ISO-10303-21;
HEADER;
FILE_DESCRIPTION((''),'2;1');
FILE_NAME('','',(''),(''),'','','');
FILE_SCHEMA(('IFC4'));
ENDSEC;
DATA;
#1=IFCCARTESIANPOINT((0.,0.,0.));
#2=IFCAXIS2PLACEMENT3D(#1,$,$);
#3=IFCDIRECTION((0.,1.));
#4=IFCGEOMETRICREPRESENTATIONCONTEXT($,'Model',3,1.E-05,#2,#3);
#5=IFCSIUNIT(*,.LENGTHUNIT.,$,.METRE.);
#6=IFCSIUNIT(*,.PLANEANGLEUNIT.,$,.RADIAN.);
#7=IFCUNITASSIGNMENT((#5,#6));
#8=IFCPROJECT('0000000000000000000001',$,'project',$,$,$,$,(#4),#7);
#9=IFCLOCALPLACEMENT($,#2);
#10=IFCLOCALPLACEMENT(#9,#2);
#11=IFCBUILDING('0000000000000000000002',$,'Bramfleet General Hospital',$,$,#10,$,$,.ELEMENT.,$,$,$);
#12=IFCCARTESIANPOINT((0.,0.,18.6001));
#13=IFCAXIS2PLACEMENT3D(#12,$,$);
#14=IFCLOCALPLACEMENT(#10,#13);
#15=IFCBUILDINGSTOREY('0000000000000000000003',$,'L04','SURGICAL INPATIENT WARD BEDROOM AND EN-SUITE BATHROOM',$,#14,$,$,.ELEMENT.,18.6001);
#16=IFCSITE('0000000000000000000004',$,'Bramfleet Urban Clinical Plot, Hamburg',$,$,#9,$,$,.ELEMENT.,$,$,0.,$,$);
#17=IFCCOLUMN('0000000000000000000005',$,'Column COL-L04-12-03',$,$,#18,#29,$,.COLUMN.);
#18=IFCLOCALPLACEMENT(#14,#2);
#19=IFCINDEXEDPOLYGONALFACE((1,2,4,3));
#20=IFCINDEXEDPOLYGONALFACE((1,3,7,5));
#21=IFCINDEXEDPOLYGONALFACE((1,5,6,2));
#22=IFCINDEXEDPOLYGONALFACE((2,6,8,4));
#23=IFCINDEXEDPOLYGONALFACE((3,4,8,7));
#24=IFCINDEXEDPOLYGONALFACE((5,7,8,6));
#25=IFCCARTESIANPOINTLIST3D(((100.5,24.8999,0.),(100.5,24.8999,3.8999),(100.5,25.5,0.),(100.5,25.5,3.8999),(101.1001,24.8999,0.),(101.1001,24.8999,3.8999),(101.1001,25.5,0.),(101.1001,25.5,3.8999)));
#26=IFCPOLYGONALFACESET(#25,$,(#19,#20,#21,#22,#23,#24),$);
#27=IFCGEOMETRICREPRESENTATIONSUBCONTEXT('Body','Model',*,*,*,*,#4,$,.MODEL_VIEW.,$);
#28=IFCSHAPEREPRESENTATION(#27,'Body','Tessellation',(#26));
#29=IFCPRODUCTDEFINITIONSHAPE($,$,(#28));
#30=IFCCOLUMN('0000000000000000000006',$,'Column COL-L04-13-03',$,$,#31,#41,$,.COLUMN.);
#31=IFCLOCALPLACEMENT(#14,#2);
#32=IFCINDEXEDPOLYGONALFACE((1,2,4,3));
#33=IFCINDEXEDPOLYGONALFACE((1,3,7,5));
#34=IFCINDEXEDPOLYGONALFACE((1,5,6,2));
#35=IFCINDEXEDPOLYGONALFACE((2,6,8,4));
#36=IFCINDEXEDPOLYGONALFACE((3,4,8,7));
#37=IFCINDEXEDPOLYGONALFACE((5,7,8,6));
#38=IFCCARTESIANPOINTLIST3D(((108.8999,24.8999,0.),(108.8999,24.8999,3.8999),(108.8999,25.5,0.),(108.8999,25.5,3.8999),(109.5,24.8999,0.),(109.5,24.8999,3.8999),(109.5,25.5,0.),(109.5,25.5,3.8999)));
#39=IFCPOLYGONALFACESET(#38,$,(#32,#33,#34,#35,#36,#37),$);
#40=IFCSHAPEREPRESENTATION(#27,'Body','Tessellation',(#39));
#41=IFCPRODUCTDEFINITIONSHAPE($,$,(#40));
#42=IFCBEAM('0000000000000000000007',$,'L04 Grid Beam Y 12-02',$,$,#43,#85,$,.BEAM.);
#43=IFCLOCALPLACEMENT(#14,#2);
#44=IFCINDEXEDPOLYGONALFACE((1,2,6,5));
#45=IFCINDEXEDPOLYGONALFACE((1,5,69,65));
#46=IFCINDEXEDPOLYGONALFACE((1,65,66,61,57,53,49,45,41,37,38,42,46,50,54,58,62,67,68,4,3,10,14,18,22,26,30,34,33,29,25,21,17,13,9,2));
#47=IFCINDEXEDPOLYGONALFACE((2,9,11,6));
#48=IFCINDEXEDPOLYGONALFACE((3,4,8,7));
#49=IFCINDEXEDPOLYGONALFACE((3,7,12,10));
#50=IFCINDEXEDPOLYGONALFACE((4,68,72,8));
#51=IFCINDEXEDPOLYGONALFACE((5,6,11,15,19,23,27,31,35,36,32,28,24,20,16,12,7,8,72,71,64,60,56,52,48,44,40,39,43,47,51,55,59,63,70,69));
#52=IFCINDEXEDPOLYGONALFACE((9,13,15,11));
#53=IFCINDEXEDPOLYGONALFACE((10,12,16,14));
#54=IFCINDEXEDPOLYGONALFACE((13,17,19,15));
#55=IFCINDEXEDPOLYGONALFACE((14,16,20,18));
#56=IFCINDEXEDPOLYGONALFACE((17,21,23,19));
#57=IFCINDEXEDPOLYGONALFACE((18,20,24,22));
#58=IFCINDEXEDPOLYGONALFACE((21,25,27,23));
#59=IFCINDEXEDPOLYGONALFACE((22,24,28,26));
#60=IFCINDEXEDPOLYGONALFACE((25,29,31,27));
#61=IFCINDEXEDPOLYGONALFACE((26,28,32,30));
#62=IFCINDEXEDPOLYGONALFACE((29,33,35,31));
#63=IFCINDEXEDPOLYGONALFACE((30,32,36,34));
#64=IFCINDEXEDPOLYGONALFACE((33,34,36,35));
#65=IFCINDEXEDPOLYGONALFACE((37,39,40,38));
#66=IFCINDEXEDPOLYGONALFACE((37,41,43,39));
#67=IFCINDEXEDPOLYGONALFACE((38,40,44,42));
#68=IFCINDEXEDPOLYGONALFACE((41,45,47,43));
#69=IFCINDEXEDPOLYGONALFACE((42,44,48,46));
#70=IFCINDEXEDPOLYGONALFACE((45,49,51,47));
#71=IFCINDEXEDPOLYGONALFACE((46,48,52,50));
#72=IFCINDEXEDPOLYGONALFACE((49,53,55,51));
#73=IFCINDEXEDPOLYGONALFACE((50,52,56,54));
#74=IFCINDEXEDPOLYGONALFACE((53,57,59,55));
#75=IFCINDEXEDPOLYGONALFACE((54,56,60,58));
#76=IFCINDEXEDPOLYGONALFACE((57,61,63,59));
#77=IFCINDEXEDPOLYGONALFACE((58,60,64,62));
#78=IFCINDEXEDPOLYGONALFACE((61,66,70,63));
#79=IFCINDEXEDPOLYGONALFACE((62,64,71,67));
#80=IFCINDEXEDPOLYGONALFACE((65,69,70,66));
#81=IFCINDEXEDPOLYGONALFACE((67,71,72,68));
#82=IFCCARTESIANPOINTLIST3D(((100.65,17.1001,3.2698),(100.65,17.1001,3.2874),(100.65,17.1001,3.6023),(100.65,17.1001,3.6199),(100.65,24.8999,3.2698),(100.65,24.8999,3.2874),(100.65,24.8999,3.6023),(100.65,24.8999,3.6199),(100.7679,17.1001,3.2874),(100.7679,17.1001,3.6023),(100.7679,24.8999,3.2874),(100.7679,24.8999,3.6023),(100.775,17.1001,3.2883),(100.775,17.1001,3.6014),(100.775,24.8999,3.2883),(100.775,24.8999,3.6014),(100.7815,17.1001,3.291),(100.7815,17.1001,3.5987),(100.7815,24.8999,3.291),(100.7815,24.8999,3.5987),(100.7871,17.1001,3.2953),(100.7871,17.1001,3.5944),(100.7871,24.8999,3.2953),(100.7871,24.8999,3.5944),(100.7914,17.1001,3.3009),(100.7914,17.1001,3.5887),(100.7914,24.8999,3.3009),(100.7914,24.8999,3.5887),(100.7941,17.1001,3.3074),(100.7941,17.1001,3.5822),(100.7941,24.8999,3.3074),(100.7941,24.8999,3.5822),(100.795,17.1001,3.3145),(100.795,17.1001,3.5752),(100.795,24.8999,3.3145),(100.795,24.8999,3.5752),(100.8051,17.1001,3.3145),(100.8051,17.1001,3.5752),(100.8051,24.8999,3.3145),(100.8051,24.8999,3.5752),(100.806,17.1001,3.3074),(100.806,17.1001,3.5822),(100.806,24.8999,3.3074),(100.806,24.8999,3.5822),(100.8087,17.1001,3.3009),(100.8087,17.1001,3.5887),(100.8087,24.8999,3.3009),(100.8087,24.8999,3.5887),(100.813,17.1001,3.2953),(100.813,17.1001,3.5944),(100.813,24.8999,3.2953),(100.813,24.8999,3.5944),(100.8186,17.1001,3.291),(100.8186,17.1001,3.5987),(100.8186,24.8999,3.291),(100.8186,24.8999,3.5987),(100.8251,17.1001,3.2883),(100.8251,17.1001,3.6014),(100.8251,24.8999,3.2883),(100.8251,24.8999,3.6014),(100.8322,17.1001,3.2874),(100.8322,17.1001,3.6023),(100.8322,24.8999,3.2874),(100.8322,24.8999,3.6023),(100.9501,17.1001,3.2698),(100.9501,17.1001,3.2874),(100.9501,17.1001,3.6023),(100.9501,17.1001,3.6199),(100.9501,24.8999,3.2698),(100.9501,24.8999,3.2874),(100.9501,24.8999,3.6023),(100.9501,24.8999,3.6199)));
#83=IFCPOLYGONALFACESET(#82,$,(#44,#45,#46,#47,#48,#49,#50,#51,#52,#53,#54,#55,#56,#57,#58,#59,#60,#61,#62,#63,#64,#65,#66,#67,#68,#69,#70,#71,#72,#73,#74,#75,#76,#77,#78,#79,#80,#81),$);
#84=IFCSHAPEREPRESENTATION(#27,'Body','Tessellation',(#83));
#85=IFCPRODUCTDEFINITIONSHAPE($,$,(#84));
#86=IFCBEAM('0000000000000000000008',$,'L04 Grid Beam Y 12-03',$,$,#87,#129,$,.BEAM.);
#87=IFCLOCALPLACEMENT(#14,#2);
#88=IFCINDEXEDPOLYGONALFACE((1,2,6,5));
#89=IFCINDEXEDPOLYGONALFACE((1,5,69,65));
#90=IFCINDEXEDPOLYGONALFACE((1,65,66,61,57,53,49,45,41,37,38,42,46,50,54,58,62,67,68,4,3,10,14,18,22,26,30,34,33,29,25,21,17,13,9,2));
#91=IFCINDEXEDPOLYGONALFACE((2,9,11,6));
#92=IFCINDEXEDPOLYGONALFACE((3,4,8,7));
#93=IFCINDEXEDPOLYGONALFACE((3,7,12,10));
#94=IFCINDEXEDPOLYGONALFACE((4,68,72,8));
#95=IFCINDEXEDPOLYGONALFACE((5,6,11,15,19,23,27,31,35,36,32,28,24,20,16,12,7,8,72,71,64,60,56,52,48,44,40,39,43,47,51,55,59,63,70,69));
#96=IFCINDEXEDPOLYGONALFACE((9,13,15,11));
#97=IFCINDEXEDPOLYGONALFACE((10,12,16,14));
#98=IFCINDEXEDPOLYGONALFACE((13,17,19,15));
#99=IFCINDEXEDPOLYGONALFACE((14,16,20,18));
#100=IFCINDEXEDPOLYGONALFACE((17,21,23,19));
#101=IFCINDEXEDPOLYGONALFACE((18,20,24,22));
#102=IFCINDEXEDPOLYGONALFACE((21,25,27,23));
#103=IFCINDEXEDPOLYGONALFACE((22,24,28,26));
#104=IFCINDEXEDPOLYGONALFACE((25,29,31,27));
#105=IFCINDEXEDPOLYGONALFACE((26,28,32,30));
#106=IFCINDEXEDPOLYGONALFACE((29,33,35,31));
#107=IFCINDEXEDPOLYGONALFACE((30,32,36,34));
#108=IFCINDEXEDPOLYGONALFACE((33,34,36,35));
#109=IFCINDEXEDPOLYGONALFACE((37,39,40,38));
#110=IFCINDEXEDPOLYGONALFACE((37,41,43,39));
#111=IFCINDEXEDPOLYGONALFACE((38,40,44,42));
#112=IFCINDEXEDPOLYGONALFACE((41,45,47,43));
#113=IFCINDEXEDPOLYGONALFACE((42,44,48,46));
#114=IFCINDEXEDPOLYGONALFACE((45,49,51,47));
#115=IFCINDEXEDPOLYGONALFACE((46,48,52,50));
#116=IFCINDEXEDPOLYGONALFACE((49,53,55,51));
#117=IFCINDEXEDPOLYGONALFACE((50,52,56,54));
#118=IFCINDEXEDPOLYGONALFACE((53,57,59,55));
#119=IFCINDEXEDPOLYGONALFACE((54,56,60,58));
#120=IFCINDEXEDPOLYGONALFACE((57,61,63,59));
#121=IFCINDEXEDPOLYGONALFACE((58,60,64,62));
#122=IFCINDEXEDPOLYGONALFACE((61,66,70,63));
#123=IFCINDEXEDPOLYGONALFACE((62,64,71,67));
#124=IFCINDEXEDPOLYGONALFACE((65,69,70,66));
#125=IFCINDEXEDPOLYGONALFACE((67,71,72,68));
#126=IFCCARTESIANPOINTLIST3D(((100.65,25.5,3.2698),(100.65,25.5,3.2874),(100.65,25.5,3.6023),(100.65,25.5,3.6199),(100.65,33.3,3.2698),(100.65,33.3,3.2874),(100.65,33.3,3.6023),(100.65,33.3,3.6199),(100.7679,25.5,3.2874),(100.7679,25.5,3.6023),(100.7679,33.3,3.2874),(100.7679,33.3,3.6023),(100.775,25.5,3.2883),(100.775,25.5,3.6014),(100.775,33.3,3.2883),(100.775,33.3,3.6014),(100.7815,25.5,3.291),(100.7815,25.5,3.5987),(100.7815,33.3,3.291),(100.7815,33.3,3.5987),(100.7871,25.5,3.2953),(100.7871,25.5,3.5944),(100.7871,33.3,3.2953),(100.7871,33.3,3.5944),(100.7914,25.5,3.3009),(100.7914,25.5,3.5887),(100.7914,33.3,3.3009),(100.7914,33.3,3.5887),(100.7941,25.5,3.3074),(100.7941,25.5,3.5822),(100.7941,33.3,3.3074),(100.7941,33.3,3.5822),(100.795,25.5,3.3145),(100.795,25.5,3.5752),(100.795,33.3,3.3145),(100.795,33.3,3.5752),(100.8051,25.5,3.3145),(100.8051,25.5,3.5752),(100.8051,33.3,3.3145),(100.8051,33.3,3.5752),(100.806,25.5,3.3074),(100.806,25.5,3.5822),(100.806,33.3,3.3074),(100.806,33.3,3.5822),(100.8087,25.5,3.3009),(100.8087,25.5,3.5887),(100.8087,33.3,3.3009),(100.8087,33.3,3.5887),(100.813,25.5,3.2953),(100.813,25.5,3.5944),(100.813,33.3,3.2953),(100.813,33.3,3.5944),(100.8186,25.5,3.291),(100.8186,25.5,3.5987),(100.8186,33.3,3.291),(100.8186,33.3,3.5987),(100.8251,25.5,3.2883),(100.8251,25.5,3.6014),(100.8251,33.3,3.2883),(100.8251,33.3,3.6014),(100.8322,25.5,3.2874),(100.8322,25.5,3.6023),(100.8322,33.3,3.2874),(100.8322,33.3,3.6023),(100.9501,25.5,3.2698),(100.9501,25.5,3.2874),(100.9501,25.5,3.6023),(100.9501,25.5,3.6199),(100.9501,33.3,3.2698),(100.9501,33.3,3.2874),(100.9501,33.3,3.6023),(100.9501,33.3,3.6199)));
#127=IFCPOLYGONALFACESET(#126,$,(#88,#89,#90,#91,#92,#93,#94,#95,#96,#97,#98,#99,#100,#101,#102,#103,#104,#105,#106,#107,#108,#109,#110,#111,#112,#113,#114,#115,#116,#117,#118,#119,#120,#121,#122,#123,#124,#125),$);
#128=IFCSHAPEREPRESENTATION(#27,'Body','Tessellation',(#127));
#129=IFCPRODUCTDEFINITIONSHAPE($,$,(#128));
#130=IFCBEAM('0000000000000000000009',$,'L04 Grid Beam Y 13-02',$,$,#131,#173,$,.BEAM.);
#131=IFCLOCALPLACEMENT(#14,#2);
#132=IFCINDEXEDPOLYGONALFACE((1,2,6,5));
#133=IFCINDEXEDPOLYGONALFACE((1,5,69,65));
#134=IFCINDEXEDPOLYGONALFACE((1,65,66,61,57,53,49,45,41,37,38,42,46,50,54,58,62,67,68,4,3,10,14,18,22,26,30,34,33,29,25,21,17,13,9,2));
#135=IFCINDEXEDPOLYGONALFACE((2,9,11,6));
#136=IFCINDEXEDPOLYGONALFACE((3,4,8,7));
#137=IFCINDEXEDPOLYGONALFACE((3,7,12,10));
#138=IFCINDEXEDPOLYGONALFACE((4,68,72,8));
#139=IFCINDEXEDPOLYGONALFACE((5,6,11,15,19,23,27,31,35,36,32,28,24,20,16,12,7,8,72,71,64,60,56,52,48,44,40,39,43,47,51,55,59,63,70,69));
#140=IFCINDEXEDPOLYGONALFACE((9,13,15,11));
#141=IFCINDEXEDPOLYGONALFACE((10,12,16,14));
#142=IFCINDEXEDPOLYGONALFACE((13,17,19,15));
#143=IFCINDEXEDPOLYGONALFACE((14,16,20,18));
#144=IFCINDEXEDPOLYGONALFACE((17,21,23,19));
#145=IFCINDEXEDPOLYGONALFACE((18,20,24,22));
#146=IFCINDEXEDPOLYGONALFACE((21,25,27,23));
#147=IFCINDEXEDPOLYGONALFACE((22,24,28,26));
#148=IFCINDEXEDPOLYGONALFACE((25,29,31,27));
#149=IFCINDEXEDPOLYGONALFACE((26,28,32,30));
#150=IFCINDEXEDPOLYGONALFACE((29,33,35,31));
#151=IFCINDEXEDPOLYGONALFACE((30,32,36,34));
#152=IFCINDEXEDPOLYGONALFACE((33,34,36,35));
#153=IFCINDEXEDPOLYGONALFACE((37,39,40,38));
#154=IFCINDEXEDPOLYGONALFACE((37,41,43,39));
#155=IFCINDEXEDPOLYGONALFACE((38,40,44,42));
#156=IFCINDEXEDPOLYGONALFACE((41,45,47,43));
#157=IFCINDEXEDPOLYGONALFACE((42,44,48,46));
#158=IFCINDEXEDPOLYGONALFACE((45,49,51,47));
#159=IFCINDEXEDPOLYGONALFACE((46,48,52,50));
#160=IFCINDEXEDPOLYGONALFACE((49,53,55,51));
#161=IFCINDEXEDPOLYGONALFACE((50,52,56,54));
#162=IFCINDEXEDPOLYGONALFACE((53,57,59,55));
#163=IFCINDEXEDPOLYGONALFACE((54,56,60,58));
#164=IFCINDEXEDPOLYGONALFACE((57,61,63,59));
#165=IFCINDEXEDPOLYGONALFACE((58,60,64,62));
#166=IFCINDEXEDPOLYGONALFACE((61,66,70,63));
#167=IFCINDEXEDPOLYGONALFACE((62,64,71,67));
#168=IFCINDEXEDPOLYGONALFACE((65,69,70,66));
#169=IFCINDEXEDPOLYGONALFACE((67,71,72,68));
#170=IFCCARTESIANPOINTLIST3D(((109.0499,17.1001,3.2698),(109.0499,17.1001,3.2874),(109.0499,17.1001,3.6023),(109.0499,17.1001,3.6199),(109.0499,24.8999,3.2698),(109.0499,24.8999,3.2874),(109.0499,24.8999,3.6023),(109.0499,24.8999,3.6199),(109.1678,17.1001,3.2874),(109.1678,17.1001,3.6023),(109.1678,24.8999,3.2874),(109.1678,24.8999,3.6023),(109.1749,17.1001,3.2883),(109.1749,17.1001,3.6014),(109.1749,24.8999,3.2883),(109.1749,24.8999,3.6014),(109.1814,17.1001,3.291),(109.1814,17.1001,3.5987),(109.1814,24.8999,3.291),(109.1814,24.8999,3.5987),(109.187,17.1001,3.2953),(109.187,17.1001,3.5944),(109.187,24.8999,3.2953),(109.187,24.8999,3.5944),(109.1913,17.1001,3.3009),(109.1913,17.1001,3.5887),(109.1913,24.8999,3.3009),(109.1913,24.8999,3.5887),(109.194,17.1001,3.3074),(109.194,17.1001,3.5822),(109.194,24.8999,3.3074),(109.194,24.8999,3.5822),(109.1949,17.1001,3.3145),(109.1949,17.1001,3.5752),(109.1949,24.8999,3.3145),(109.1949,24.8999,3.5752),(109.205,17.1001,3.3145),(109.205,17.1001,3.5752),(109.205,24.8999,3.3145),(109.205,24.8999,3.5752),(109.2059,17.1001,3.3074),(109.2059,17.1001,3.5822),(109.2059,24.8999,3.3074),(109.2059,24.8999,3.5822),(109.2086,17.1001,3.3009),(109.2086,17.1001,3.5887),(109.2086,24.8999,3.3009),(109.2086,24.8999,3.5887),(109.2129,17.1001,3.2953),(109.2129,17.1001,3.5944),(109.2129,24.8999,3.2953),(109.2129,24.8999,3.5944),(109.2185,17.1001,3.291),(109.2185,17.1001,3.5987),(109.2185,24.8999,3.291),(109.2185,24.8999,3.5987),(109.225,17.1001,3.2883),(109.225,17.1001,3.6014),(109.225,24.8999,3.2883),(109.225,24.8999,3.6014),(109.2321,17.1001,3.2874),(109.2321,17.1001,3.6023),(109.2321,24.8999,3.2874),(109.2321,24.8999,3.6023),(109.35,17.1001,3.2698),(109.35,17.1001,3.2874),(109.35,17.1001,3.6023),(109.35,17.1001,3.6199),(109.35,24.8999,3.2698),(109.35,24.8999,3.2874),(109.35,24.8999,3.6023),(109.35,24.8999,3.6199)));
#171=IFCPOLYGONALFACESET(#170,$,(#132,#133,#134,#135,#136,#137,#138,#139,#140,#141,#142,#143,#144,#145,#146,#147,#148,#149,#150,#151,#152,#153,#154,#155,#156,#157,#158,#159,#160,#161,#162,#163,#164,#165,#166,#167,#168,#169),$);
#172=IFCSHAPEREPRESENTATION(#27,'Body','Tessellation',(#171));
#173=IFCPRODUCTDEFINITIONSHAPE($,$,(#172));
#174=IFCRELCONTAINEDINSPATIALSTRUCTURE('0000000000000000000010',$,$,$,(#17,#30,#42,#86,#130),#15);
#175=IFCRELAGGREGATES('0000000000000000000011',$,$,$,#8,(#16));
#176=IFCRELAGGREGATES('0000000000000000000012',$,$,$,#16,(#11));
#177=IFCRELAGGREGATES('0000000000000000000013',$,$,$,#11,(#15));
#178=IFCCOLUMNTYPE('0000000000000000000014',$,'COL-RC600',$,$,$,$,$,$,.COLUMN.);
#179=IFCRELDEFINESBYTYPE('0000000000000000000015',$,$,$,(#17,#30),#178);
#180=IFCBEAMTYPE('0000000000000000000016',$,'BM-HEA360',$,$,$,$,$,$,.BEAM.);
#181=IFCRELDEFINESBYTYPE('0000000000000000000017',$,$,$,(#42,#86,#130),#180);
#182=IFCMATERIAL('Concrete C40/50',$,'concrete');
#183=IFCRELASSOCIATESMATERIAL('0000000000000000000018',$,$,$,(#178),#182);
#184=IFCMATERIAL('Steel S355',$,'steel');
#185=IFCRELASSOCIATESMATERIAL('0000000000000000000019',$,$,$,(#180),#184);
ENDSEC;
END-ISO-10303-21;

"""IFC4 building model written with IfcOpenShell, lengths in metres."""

from ifc_helpers import new_model, si_unit, direction, frame, origin, origin_2d, place, context, subcontext, project, spatial, rectangle, i_section, extrude, material, material_profile, profile_set, type_object, element, save


model = new_model("IFC4")

# Units and contexts
model_context = context("Model", 3, precision=1e-05, world=origin(), true_north=direction((0.0, 1.0)))
body_context = subcontext(model_context, "Body", "Model", "MODEL_VIEW")
ifc_project = project(units=[si_unit("LENGTHUNIT", "METRE"), si_unit("PLANEANGLEUNIT", "RADIAN")], contexts=[model_context])

# Site, building, storey
site_placement = place(None, origin())
site = spatial("IfcSite", under=ifc_project, at=site_placement, Name="Bramfleet Urban Clinical Plot, Hamburg", CompositionType="ELEMENT", RefElevation=0.0)
building_placement = place(site_placement, origin())
building = spatial("IfcBuilding", under=site, at=building_placement, Name="Bramfleet General Hospital", CompositionType="ELEMENT")
storey_placement = place(building_placement, frame((0.0, 0.0, 18.6001)))
storey = spatial("IfcBuildingStorey", under=building, at=storey_placement, Name="L04", Description="SURGICAL INPATIENT WARD BEDROOM AND EN-SUITE BATHROOM", CompositionType="ELEMENT", Elevation=18.6001)

# Columns
ifc_material_1 = material(Name="Concrete C40/50", Category="concrete")
ifc_material_profile_1 = material_profile(ifc_material_1, rectangle(XDim=0.6001, YDim=0.6001, at=origin_2d()), Name="RC COL 600x600")
ifc_profile_set_1 = profile_set([ifc_material_profile_1], Name="Concrete C40/50")
column_type = type_object("IfcColumnType", Name="COL-RC600", PredefinedType="COLUMN", material=ifc_profile_set_1)
for number, where, z_axis, x_axis, name in (
    (1, (100.8, 25.2, 0.0), (0.0, 0.0, 1.0), (1.0, 0.0, 0.0), "Column COL-L04-12-03"),
    (2, (109.2, 25.2, 0.0), (0.0, 0.0, 1.0), (1.0, 0.0, 0.0), "Column COL-L04-13-03"),
):
    element("IfcColumn", number, at=place(storey_placement, frame(where, z_axis=z_axis, x_axis=x_axis)), inside=storey, type_object=column_type, Name=name, PredefinedType="COLUMN", context=body_context, shape_type="SweptSolid", body=[
        extrude(rectangle(XDim=0.6001, YDim=0.6001, at=origin_2d()), origin(), (0.0, 0.0, 1.0), 3.8999),
    ])

# Beams
ifc_material_2 = material(Name="Steel S355", Category="steel")
ifc_material_profile_2 = material_profile(ifc_material_2, i_section(OverallWidth=0.3, OverallDepth=0.3501, WebThickness=0.01, FlangeThickness=0.0176, FilletRadius=0.0271, at=origin_2d()), Name="HEA 360")
ifc_profile_set_2 = profile_set([ifc_material_profile_2], Name="Steel S355")
beam_type_1 = type_object("IfcBeamType", Name="BM-HEA360", PredefinedType="BEAM", material=ifc_profile_set_2)
beam_1_placement = place(storey_placement, frame((100.8, 17.1001, 3.4448), z_axis=(0.0, 1.0, 0.0), x_axis=(-1.0, 0.0, 0.0)))
element("IfcBeam", 3, at=beam_1_placement, inside=storey, type_object=beam_type_1, Name="L04 Grid Beam Y 12-02", PredefinedType="BEAM", context=body_context, shape_type="SweptSolid", body=[
    extrude(i_section(OverallWidth=0.3, OverallDepth=0.3501, WebThickness=0.01, FlangeThickness=0.0176, FilletRadius=0.0271, at=origin_2d()), origin(), (0.0, 0.0, 1.0), 7.7998),
])
beam_2_placement = place(storey_placement, frame((100.8, 25.5, 3.4448), z_axis=(0.0, 1.0, 0.0), x_axis=(-1.0, 0.0, 0.0)))
element("IfcBeam", 4, at=beam_2_placement, inside=storey, type_object=beam_type_1, Name="L04 Grid Beam Y 12-03", PredefinedType="BEAM", context=body_context, shape_type="SweptSolid", body=[
    extrude(i_section(OverallWidth=0.3, OverallDepth=0.3501, WebThickness=0.01, FlangeThickness=0.0176, FilletRadius=0.0271, at=origin_2d()), origin(), (0.0, 0.0, 1.0), 7.8),
])
beam_3_placement = place(storey_placement, frame((109.2, 17.1001, 3.4448), z_axis=(0.0, 1.0, 0.0), x_axis=(-1.0, 0.0, 0.0)))
element("IfcBeam", 5, at=beam_3_placement, inside=storey, type_object=beam_type_1, Name="L04 Grid Beam Y 13-02", PredefinedType="BEAM", context=body_context, shape_type="SweptSolid", body=[
    extrude(i_section(OverallWidth=0.3, OverallDepth=0.3501, WebThickness=0.01, FlangeThickness=0.0176, FilletRadius=0.0271, at=origin_2d()), origin(), (0.0, 0.0, 1.0), 7.7998),
])

save(model, "model.ifc")
